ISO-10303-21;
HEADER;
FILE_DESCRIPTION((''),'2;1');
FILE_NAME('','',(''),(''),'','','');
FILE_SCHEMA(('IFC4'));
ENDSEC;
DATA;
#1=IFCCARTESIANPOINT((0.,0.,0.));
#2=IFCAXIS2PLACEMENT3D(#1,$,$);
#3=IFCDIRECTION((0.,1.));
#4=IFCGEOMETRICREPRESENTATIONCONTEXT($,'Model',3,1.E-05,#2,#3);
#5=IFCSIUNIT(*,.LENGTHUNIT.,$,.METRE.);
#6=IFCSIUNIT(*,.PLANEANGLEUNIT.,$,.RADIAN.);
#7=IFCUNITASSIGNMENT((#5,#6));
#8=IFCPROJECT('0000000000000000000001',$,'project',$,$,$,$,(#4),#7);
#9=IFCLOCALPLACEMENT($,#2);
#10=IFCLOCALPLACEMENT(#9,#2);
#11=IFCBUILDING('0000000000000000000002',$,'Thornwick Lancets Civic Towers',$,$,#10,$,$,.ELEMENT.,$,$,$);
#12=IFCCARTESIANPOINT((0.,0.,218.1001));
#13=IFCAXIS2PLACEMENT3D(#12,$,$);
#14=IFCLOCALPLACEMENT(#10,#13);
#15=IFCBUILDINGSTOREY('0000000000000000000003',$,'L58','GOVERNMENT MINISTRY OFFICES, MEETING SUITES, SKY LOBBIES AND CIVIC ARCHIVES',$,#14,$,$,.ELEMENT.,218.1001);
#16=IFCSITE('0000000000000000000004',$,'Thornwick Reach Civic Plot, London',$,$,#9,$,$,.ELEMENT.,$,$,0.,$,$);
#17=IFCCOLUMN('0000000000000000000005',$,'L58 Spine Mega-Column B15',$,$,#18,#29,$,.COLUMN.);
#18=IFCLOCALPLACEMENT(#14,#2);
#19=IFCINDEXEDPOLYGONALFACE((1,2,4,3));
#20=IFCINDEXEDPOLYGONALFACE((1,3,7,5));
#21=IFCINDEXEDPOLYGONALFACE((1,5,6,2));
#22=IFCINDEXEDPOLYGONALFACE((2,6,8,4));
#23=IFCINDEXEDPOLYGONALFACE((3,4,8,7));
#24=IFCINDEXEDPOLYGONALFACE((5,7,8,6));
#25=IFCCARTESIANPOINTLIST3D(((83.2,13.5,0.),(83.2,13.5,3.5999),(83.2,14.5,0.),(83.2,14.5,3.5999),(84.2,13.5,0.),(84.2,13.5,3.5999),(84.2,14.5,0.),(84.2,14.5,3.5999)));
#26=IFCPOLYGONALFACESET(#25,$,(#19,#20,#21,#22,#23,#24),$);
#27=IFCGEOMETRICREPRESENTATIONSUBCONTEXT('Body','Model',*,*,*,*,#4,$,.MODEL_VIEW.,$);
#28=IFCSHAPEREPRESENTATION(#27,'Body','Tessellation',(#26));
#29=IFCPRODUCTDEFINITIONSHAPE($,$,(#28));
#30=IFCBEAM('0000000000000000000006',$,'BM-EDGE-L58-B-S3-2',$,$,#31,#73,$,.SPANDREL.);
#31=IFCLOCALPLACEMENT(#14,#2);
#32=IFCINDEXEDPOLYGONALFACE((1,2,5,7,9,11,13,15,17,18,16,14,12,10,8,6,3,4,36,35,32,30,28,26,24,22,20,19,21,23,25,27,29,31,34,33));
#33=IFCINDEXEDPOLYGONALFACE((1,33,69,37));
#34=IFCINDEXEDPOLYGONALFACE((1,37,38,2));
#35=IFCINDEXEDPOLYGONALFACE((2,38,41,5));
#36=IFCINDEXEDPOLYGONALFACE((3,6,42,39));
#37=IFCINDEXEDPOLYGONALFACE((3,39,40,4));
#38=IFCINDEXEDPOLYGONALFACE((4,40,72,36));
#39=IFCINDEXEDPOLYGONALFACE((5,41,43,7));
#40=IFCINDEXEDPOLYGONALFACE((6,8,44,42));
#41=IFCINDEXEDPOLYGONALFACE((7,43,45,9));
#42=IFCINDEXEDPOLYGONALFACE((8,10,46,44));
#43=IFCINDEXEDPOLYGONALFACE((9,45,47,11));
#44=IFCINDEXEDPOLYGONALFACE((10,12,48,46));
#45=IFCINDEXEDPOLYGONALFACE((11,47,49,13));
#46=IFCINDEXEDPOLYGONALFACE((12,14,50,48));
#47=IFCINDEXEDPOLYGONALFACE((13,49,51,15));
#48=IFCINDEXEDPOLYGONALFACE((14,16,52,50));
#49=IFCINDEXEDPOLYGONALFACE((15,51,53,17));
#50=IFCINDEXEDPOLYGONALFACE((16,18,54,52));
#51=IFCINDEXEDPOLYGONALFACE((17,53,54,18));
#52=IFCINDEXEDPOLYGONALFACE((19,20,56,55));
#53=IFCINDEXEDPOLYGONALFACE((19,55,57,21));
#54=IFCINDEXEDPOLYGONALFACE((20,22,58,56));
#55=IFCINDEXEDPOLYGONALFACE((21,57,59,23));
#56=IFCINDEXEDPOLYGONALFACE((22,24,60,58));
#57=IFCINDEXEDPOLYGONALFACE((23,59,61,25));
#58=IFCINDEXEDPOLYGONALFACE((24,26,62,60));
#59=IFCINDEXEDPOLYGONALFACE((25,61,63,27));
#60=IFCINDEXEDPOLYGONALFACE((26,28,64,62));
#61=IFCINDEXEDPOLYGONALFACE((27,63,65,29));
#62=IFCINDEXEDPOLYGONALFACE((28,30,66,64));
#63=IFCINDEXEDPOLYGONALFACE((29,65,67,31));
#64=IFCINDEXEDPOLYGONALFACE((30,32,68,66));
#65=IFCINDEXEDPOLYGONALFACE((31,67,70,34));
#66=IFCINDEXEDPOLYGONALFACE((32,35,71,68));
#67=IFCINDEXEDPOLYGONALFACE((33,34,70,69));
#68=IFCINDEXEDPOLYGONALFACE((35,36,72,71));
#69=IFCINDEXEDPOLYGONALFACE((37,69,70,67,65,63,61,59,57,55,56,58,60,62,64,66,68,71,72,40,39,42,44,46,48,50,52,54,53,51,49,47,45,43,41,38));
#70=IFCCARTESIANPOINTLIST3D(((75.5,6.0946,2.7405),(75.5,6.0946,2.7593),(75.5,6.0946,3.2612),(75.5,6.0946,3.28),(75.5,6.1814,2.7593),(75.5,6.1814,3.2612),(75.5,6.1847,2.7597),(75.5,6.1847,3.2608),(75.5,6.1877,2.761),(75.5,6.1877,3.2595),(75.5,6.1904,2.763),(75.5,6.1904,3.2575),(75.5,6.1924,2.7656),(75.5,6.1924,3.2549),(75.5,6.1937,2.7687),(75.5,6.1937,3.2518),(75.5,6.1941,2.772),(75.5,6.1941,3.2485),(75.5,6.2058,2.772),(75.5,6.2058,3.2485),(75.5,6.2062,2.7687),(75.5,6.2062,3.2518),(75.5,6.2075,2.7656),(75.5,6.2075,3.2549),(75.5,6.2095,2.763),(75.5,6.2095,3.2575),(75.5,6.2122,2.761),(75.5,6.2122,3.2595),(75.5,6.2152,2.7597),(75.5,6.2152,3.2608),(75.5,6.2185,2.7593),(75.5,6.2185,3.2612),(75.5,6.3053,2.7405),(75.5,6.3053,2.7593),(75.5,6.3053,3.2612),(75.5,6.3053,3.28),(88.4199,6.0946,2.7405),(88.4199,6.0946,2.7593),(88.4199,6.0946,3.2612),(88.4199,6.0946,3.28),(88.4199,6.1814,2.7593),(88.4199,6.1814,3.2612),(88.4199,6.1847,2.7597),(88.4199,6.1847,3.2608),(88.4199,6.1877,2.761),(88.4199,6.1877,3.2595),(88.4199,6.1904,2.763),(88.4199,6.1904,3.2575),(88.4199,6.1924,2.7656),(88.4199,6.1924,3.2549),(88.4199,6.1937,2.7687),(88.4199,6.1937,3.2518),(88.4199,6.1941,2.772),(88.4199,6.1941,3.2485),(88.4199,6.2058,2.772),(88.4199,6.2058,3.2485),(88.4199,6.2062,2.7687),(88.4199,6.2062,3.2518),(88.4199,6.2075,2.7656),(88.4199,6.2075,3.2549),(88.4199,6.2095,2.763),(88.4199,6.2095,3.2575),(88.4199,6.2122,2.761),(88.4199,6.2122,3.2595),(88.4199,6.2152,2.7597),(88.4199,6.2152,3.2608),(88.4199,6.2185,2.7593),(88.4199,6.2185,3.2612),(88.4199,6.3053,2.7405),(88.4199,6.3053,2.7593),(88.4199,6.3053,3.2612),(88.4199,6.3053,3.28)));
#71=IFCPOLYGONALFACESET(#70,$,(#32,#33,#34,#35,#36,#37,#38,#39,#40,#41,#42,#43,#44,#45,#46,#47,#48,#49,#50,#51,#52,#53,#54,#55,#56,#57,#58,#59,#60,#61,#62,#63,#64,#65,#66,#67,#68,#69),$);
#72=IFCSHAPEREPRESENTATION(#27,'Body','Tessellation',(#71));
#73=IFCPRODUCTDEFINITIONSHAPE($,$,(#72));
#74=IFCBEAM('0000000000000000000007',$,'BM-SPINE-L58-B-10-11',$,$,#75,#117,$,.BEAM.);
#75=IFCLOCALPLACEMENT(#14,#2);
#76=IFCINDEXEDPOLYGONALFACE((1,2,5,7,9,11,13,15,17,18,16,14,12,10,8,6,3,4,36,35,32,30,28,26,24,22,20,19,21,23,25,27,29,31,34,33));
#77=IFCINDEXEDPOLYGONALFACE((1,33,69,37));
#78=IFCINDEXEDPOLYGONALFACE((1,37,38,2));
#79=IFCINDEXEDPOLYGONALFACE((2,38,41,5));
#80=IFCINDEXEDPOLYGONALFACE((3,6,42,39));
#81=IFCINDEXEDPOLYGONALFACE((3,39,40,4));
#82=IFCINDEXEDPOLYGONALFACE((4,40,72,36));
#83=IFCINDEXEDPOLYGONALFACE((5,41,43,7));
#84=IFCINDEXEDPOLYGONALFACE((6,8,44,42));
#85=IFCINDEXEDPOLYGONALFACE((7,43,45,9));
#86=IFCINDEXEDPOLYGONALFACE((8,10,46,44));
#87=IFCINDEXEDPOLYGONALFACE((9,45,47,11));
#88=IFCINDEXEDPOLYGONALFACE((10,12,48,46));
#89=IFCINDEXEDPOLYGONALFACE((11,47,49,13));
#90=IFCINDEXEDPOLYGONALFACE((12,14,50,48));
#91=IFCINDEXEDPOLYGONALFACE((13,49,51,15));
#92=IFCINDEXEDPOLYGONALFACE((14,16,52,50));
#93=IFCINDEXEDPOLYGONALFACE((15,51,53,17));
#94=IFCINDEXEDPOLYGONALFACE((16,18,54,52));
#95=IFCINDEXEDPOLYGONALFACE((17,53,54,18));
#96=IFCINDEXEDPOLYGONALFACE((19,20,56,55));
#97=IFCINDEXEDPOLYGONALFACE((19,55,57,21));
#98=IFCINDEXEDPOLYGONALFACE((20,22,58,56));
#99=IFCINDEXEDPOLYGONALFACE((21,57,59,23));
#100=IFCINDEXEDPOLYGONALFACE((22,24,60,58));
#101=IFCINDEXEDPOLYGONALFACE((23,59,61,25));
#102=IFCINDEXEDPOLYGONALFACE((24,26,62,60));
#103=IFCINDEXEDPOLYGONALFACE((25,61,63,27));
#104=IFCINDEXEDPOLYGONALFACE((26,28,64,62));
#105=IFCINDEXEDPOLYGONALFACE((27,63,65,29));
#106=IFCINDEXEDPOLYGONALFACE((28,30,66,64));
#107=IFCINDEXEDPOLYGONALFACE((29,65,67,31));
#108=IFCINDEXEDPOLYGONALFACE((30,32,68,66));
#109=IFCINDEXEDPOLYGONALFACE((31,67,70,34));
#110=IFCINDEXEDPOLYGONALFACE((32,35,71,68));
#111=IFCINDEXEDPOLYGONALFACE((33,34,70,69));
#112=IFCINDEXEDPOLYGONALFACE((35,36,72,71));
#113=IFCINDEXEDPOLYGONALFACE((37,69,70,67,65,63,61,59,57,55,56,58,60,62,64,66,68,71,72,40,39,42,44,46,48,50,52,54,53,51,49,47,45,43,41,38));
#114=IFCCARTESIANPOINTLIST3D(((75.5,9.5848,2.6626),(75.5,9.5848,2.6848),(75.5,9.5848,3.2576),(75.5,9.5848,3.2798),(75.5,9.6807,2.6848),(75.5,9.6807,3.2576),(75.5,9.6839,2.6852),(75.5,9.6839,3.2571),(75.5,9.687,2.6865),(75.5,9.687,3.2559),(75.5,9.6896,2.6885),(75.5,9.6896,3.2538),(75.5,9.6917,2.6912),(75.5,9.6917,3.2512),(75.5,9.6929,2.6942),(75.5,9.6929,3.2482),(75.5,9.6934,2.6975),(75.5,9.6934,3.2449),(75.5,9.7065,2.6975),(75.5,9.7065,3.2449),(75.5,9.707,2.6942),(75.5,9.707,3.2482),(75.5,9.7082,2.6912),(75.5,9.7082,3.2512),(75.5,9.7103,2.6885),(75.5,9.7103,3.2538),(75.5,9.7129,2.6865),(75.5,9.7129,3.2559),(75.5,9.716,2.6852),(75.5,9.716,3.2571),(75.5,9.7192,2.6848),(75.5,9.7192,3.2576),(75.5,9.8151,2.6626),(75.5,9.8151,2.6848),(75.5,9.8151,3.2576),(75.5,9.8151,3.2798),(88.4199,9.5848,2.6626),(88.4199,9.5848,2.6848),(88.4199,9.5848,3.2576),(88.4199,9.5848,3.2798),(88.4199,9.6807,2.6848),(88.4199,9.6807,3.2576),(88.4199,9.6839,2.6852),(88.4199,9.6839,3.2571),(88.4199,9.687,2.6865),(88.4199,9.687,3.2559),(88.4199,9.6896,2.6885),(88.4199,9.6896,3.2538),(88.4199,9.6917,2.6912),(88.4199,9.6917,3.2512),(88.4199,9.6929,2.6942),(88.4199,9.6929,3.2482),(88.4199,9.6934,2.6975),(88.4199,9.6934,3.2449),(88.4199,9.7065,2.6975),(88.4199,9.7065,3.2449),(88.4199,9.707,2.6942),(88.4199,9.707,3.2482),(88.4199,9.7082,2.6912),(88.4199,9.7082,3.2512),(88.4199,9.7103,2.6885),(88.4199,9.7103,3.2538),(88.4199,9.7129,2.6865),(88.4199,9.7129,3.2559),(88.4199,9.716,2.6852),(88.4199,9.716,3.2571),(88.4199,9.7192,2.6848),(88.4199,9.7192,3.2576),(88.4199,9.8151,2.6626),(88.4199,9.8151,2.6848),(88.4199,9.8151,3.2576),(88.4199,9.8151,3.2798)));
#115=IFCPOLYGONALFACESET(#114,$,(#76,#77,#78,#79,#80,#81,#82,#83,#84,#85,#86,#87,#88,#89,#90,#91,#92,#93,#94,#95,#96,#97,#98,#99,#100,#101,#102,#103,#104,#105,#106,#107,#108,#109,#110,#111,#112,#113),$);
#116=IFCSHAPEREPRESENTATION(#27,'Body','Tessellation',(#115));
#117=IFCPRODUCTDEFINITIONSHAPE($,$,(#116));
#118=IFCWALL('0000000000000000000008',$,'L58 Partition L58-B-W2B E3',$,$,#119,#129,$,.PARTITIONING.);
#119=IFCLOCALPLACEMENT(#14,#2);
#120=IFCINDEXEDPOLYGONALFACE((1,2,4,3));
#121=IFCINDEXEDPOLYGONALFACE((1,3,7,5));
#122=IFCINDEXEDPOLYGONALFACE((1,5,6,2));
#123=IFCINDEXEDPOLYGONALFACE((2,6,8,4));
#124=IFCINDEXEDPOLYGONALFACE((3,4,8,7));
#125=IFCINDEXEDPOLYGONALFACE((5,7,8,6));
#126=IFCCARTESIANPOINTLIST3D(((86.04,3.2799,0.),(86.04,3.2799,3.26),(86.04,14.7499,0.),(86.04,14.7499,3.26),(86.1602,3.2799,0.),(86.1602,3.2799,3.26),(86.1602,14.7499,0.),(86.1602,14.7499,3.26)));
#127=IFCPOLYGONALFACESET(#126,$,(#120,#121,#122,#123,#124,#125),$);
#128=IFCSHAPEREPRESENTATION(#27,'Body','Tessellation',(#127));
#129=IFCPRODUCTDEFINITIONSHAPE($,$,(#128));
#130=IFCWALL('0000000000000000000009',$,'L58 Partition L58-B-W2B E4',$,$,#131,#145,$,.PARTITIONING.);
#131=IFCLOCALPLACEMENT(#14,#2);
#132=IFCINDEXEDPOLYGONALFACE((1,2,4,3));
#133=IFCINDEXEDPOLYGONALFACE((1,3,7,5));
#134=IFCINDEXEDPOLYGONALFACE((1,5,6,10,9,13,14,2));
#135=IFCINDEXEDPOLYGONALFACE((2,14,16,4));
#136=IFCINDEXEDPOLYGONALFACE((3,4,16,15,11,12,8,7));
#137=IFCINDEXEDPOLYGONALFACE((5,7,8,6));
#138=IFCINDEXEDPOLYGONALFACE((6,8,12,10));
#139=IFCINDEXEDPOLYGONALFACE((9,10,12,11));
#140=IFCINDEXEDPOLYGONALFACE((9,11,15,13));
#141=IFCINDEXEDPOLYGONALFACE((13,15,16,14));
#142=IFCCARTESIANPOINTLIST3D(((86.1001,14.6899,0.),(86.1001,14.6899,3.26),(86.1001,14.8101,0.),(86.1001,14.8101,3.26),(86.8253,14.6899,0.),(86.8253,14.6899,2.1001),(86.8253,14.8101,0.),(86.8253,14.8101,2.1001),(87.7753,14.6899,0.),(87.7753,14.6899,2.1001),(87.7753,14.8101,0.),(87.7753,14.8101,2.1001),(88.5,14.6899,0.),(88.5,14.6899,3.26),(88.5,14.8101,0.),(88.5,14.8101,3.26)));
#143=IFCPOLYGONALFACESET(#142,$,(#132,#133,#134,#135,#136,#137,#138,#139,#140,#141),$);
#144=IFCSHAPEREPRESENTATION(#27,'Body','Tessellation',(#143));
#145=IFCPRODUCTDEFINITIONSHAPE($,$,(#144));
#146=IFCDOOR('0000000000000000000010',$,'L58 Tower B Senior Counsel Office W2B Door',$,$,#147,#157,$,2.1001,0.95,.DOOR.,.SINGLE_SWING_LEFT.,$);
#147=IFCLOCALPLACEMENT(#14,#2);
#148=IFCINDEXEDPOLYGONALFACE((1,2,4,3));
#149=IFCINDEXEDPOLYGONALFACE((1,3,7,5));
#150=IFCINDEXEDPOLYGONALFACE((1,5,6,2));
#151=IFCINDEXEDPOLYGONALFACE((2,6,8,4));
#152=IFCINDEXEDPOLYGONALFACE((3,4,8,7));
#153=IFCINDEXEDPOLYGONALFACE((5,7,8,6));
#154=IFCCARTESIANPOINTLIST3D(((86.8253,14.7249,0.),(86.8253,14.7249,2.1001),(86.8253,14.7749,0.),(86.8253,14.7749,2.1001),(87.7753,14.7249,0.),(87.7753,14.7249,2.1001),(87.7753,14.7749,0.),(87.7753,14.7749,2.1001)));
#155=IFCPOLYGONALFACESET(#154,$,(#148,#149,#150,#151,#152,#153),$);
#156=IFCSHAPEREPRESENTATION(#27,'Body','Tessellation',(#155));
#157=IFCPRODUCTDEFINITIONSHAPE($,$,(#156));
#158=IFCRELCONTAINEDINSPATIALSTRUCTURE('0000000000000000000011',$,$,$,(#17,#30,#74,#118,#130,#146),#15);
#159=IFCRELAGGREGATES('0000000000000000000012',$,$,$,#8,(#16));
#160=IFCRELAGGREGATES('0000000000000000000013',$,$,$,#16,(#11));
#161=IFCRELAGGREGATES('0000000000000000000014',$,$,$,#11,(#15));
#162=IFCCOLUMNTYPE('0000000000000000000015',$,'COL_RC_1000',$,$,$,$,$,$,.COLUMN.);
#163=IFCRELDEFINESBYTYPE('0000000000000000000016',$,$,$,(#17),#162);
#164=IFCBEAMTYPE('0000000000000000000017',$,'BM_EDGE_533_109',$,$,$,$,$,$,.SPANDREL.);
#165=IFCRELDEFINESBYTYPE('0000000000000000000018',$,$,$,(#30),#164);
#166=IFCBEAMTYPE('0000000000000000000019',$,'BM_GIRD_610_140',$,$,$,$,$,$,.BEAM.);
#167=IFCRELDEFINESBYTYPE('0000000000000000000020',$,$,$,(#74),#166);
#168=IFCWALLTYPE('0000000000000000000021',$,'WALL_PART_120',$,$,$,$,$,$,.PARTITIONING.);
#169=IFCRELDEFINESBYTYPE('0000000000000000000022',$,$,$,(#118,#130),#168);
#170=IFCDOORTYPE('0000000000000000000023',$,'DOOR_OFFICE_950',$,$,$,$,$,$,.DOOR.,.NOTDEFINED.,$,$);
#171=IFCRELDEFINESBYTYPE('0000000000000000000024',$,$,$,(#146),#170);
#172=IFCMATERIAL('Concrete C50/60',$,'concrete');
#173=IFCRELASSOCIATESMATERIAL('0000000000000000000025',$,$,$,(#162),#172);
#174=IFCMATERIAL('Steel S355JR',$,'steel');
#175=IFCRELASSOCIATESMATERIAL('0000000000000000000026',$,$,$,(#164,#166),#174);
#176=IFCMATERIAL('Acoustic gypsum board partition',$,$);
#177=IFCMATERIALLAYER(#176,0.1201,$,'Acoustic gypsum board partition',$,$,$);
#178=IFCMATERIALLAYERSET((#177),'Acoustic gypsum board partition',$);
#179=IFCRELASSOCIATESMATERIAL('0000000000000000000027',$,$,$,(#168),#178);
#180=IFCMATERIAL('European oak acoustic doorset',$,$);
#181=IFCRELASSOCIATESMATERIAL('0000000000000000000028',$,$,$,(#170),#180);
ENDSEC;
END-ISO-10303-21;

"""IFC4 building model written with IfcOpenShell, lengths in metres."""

from ifc_helpers import new_model, si_unit, direction, frame, frame_2d, origin, origin_2d, place, context, subcontext, project, spatial, rectangle, i_section, extrude, material, layer, layer_set, material_profile, profile_set, type_object, element, fill, save


model = new_model("IFC4")

# Units and contexts
model_context = context("Model", 3, precision=1e-05, world=origin(), true_north=direction((0.0, 1.0)))
body_context = subcontext(model_context, "Body", "Model", "MODEL_VIEW")
ifc_project = project(units=[si_unit("LENGTHUNIT", "METRE"), si_unit("PLANEANGLEUNIT", "RADIAN")], contexts=[model_context])

# Site, building, storey
site_placement = place(None, origin())
site = spatial("IfcSite", under=ifc_project, at=site_placement, Name="Thornwick Reach Civic Plot, London", CompositionType="ELEMENT", RefElevation=0.0)
building_placement = place(site_placement, origin())
building = spatial("IfcBuilding", under=site, at=building_placement, Name="Thornwick Lancets Civic Towers", CompositionType="ELEMENT")
storey_placement = place(building_placement, frame((0.0, 0.0, 218.1001)))
storey = spatial("IfcBuildingStorey", under=building, at=storey_placement, Name="L58", Description="GOVERNMENT MINISTRY OFFICES, MEETING SUITES, SKY LOBBIES AND CIVIC ARCHIVES", CompositionType="ELEMENT", Elevation=218.1001)

# Column
ifc_material_1 = material(Name="Concrete C50/60", Category="concrete")
ifc_material_profile_1 = material_profile(ifc_material_1, rectangle(XDim=1.0, YDim=1.0, at=origin_2d()), Name="RC 1000x1000")
ifc_profile_set_1 = profile_set([ifc_material_profile_1], Name="Concrete C50/60")
column_type = type_object("IfcColumnType", Name="COL_RC_1000", PredefinedType="COLUMN", material=ifc_profile_set_1)
column_placement = place(storey_placement, frame((83.7, 14.0, 0.0), z_axis=(0.0, 0.0, 1.0), x_axis=(1.0, 0.0, 0.0)))
element("IfcColumn", 1, at=column_placement, inside=storey, type_object=column_type, Name="L58 Spine Mega-Column B15", PredefinedType="COLUMN", context=body_context, shape_type="SweptSolid", body=[
    extrude(rectangle(XDim=1.0, YDim=1.0, at=origin_2d()), origin(), (0.0, 0.0, 1.0), 3.5999),
])

# Beams
ifc_material_2 = material(Name="Steel S355JR", Category="steel")
ifc_material_profile_2 = material_profile(ifc_material_2, i_section(OverallWidth=0.2107, OverallDepth=0.5396, WebThickness=0.0117, FlangeThickness=0.0188, FilletRadius=0.0127, at=origin_2d()), Name="UKB 533x210x109")
ifc_profile_set_2 = profile_set([ifc_material_profile_2], Name="Steel S355JR")
beam_type_1 = type_object("IfcBeamType", Name="BM_EDGE_533_109", PredefinedType="SPANDREL", material=ifc_profile_set_2)
beam_1_placement = place(storey_placement, frame((88.4199, 6.2, 3.0103), z_axis=(-1.0, 0.0, 0.0), x_axis=(0.0, -1.0, 0.0)))
element("IfcBeam", 2, at=beam_1_placement, inside=storey, type_object=beam_type_1, Name="BM-EDGE-L58-B-S3-2", PredefinedType="SPANDREL", context=body_context, shape_type="SweptSolid", body=[
    extrude(i_section(OverallWidth=0.2107, OverallDepth=0.5396, WebThickness=0.0117, FlangeThickness=0.0188, FilletRadius=0.0127, at=origin_2d()), origin(), (0.0, 0.0, 1.0), 12.9199),
])
ifc_material_profile_3 = material_profile(ifc_material_2, i_section(OverallWidth=0.2302, OverallDepth=0.6172, WebThickness=0.0132, FlangeThickness=0.0222, FilletRadius=0.0127, at=origin_2d()), Name="UKB 610x229x140")
ifc_profile_set_3 = profile_set([ifc_material_profile_3], Name="Steel S355JR")
beam_type_2 = type_object("IfcBeamType", Name="BM_GIRD_610_140", PredefinedType="BEAM", material=ifc_profile_set_3)
beam_2_placement = place(storey_placement, frame((88.4199, 9.7, 2.9712), z_axis=(-1.0, 0.0, 0.0), x_axis=(0.0, -1.0, 0.0)))
element("IfcBeam", 3, at=beam_2_placement, inside=storey, type_object=beam_type_2, Name="BM-SPINE-L58-B-10-11", PredefinedType="BEAM", context=body_context, shape_type="SweptSolid", body=[
    extrude(i_section(OverallWidth=0.2302, OverallDepth=0.6172, WebThickness=0.0132, FlangeThickness=0.0222, FilletRadius=0.0127, at=origin_2d()), origin(), (0.0, 0.0, 1.0), 12.9199),
])

# Wall
ifc_material_3 = material(Name="Acoustic gypsum board partition")
ifc_layer_1 = layer(ifc_material_3, 0.1201, Name="Acoustic gypsum board partition")
ifc_layer_set_1 = layer_set([ifc_layer_1], Name="Acoustic gypsum board partition")
wall_type_1 = type_object("IfcWallType", Name="WALL_PART_120", PredefinedType="PARTITIONING", material=ifc_layer_set_1)
wall_1_placement = place(storey_placement, frame((86.1001, 3.28, 0.0), z_axis=(0.0, 0.0, 1.0), x_axis=(0.0, 1.0, 0.0)))
element("IfcWall", 4, at=wall_1_placement, inside=storey, type_object=wall_type_1, Name="L58 Partition L58-B-W2B E3", PredefinedType="PARTITIONING", context=body_context, shape_type="SweptSolid", body=[
    extrude(rectangle(XDim=11.47, YDim=0.1201, at=frame_2d((5.7349, 0.0))), origin(), (0.0, 0.0, 1.0), 3.26),
])

# Wall, opening, door
wall_2_placement = place(storey_placement, frame((86.1001, 14.75, 0.0), z_axis=(0.0, 0.0, 1.0), x_axis=(1.0, 0.0, 0.0)))
wall_2 = element("IfcWall", 5, at=wall_2_placement, inside=storey, type_object=wall_type_1, Name="L58 Partition L58-B-W2B E4", PredefinedType="PARTITIONING", context=body_context, shape_type="SweptSolid", body=[
    extrude(rectangle(XDim=2.3999, YDim=0.1201, at=frame_2d((1.2, 0.0))), origin(), (0.0, 0.0, 1.0), 3.26),
])
opening_1_placement = place(wall_2_placement, frame((0.7251, 0.0, 0.0)))
opening_1 = element("IfcOpeningElement", 6, at=opening_1_placement, cuts=wall_2, PredefinedType="OPENING", context=body_context, shape_type="SweptSolid", body=[
    extrude(rectangle(XDim=0.95, YDim=2.1001, at=frame_2d((0.4751, 1.05))), frame((0.0, 0.0701, 0.0), z_axis=(0.0, -1.0, 0.0), x_axis=(1.0, 0.0, 0.0)), (0.0, 0.0, 1.0), 0.1401),
])
ifc_material_4 = material(Name="European oak acoustic doorset")
door_type_1 = type_object("IfcDoorType", Name="DOOR_OFFICE_950", OperationType="NOTDEFINED", PredefinedType="DOOR", material=ifc_material_4)
door_1_placement = place(opening_1_placement, origin())
door_1 = element("IfcDoor", 7, at=door_1_placement, inside=storey, type_object=door_type_1, Name="L58 Tower B Senior Counsel Office W2B Door", OperationType="SINGLE_SWING_LEFT", OverallHeight=2.1001, OverallWidth=0.95, PredefinedType="DOOR", context=body_context, shape_type="SweptSolid", body=[
    extrude(rectangle(XDim=0.95, YDim=2.1001, at=frame_2d((0.4751, 1.05))), frame((0.0, 0.0249, 0.0), z_axis=(0.0, -1.0, 0.0), x_axis=(1.0, 0.0, 0.0)), (0.0, 0.0, 1.0), 0.05),
])
fill(opening_1, door_1)

save(model, "model.ifc")
